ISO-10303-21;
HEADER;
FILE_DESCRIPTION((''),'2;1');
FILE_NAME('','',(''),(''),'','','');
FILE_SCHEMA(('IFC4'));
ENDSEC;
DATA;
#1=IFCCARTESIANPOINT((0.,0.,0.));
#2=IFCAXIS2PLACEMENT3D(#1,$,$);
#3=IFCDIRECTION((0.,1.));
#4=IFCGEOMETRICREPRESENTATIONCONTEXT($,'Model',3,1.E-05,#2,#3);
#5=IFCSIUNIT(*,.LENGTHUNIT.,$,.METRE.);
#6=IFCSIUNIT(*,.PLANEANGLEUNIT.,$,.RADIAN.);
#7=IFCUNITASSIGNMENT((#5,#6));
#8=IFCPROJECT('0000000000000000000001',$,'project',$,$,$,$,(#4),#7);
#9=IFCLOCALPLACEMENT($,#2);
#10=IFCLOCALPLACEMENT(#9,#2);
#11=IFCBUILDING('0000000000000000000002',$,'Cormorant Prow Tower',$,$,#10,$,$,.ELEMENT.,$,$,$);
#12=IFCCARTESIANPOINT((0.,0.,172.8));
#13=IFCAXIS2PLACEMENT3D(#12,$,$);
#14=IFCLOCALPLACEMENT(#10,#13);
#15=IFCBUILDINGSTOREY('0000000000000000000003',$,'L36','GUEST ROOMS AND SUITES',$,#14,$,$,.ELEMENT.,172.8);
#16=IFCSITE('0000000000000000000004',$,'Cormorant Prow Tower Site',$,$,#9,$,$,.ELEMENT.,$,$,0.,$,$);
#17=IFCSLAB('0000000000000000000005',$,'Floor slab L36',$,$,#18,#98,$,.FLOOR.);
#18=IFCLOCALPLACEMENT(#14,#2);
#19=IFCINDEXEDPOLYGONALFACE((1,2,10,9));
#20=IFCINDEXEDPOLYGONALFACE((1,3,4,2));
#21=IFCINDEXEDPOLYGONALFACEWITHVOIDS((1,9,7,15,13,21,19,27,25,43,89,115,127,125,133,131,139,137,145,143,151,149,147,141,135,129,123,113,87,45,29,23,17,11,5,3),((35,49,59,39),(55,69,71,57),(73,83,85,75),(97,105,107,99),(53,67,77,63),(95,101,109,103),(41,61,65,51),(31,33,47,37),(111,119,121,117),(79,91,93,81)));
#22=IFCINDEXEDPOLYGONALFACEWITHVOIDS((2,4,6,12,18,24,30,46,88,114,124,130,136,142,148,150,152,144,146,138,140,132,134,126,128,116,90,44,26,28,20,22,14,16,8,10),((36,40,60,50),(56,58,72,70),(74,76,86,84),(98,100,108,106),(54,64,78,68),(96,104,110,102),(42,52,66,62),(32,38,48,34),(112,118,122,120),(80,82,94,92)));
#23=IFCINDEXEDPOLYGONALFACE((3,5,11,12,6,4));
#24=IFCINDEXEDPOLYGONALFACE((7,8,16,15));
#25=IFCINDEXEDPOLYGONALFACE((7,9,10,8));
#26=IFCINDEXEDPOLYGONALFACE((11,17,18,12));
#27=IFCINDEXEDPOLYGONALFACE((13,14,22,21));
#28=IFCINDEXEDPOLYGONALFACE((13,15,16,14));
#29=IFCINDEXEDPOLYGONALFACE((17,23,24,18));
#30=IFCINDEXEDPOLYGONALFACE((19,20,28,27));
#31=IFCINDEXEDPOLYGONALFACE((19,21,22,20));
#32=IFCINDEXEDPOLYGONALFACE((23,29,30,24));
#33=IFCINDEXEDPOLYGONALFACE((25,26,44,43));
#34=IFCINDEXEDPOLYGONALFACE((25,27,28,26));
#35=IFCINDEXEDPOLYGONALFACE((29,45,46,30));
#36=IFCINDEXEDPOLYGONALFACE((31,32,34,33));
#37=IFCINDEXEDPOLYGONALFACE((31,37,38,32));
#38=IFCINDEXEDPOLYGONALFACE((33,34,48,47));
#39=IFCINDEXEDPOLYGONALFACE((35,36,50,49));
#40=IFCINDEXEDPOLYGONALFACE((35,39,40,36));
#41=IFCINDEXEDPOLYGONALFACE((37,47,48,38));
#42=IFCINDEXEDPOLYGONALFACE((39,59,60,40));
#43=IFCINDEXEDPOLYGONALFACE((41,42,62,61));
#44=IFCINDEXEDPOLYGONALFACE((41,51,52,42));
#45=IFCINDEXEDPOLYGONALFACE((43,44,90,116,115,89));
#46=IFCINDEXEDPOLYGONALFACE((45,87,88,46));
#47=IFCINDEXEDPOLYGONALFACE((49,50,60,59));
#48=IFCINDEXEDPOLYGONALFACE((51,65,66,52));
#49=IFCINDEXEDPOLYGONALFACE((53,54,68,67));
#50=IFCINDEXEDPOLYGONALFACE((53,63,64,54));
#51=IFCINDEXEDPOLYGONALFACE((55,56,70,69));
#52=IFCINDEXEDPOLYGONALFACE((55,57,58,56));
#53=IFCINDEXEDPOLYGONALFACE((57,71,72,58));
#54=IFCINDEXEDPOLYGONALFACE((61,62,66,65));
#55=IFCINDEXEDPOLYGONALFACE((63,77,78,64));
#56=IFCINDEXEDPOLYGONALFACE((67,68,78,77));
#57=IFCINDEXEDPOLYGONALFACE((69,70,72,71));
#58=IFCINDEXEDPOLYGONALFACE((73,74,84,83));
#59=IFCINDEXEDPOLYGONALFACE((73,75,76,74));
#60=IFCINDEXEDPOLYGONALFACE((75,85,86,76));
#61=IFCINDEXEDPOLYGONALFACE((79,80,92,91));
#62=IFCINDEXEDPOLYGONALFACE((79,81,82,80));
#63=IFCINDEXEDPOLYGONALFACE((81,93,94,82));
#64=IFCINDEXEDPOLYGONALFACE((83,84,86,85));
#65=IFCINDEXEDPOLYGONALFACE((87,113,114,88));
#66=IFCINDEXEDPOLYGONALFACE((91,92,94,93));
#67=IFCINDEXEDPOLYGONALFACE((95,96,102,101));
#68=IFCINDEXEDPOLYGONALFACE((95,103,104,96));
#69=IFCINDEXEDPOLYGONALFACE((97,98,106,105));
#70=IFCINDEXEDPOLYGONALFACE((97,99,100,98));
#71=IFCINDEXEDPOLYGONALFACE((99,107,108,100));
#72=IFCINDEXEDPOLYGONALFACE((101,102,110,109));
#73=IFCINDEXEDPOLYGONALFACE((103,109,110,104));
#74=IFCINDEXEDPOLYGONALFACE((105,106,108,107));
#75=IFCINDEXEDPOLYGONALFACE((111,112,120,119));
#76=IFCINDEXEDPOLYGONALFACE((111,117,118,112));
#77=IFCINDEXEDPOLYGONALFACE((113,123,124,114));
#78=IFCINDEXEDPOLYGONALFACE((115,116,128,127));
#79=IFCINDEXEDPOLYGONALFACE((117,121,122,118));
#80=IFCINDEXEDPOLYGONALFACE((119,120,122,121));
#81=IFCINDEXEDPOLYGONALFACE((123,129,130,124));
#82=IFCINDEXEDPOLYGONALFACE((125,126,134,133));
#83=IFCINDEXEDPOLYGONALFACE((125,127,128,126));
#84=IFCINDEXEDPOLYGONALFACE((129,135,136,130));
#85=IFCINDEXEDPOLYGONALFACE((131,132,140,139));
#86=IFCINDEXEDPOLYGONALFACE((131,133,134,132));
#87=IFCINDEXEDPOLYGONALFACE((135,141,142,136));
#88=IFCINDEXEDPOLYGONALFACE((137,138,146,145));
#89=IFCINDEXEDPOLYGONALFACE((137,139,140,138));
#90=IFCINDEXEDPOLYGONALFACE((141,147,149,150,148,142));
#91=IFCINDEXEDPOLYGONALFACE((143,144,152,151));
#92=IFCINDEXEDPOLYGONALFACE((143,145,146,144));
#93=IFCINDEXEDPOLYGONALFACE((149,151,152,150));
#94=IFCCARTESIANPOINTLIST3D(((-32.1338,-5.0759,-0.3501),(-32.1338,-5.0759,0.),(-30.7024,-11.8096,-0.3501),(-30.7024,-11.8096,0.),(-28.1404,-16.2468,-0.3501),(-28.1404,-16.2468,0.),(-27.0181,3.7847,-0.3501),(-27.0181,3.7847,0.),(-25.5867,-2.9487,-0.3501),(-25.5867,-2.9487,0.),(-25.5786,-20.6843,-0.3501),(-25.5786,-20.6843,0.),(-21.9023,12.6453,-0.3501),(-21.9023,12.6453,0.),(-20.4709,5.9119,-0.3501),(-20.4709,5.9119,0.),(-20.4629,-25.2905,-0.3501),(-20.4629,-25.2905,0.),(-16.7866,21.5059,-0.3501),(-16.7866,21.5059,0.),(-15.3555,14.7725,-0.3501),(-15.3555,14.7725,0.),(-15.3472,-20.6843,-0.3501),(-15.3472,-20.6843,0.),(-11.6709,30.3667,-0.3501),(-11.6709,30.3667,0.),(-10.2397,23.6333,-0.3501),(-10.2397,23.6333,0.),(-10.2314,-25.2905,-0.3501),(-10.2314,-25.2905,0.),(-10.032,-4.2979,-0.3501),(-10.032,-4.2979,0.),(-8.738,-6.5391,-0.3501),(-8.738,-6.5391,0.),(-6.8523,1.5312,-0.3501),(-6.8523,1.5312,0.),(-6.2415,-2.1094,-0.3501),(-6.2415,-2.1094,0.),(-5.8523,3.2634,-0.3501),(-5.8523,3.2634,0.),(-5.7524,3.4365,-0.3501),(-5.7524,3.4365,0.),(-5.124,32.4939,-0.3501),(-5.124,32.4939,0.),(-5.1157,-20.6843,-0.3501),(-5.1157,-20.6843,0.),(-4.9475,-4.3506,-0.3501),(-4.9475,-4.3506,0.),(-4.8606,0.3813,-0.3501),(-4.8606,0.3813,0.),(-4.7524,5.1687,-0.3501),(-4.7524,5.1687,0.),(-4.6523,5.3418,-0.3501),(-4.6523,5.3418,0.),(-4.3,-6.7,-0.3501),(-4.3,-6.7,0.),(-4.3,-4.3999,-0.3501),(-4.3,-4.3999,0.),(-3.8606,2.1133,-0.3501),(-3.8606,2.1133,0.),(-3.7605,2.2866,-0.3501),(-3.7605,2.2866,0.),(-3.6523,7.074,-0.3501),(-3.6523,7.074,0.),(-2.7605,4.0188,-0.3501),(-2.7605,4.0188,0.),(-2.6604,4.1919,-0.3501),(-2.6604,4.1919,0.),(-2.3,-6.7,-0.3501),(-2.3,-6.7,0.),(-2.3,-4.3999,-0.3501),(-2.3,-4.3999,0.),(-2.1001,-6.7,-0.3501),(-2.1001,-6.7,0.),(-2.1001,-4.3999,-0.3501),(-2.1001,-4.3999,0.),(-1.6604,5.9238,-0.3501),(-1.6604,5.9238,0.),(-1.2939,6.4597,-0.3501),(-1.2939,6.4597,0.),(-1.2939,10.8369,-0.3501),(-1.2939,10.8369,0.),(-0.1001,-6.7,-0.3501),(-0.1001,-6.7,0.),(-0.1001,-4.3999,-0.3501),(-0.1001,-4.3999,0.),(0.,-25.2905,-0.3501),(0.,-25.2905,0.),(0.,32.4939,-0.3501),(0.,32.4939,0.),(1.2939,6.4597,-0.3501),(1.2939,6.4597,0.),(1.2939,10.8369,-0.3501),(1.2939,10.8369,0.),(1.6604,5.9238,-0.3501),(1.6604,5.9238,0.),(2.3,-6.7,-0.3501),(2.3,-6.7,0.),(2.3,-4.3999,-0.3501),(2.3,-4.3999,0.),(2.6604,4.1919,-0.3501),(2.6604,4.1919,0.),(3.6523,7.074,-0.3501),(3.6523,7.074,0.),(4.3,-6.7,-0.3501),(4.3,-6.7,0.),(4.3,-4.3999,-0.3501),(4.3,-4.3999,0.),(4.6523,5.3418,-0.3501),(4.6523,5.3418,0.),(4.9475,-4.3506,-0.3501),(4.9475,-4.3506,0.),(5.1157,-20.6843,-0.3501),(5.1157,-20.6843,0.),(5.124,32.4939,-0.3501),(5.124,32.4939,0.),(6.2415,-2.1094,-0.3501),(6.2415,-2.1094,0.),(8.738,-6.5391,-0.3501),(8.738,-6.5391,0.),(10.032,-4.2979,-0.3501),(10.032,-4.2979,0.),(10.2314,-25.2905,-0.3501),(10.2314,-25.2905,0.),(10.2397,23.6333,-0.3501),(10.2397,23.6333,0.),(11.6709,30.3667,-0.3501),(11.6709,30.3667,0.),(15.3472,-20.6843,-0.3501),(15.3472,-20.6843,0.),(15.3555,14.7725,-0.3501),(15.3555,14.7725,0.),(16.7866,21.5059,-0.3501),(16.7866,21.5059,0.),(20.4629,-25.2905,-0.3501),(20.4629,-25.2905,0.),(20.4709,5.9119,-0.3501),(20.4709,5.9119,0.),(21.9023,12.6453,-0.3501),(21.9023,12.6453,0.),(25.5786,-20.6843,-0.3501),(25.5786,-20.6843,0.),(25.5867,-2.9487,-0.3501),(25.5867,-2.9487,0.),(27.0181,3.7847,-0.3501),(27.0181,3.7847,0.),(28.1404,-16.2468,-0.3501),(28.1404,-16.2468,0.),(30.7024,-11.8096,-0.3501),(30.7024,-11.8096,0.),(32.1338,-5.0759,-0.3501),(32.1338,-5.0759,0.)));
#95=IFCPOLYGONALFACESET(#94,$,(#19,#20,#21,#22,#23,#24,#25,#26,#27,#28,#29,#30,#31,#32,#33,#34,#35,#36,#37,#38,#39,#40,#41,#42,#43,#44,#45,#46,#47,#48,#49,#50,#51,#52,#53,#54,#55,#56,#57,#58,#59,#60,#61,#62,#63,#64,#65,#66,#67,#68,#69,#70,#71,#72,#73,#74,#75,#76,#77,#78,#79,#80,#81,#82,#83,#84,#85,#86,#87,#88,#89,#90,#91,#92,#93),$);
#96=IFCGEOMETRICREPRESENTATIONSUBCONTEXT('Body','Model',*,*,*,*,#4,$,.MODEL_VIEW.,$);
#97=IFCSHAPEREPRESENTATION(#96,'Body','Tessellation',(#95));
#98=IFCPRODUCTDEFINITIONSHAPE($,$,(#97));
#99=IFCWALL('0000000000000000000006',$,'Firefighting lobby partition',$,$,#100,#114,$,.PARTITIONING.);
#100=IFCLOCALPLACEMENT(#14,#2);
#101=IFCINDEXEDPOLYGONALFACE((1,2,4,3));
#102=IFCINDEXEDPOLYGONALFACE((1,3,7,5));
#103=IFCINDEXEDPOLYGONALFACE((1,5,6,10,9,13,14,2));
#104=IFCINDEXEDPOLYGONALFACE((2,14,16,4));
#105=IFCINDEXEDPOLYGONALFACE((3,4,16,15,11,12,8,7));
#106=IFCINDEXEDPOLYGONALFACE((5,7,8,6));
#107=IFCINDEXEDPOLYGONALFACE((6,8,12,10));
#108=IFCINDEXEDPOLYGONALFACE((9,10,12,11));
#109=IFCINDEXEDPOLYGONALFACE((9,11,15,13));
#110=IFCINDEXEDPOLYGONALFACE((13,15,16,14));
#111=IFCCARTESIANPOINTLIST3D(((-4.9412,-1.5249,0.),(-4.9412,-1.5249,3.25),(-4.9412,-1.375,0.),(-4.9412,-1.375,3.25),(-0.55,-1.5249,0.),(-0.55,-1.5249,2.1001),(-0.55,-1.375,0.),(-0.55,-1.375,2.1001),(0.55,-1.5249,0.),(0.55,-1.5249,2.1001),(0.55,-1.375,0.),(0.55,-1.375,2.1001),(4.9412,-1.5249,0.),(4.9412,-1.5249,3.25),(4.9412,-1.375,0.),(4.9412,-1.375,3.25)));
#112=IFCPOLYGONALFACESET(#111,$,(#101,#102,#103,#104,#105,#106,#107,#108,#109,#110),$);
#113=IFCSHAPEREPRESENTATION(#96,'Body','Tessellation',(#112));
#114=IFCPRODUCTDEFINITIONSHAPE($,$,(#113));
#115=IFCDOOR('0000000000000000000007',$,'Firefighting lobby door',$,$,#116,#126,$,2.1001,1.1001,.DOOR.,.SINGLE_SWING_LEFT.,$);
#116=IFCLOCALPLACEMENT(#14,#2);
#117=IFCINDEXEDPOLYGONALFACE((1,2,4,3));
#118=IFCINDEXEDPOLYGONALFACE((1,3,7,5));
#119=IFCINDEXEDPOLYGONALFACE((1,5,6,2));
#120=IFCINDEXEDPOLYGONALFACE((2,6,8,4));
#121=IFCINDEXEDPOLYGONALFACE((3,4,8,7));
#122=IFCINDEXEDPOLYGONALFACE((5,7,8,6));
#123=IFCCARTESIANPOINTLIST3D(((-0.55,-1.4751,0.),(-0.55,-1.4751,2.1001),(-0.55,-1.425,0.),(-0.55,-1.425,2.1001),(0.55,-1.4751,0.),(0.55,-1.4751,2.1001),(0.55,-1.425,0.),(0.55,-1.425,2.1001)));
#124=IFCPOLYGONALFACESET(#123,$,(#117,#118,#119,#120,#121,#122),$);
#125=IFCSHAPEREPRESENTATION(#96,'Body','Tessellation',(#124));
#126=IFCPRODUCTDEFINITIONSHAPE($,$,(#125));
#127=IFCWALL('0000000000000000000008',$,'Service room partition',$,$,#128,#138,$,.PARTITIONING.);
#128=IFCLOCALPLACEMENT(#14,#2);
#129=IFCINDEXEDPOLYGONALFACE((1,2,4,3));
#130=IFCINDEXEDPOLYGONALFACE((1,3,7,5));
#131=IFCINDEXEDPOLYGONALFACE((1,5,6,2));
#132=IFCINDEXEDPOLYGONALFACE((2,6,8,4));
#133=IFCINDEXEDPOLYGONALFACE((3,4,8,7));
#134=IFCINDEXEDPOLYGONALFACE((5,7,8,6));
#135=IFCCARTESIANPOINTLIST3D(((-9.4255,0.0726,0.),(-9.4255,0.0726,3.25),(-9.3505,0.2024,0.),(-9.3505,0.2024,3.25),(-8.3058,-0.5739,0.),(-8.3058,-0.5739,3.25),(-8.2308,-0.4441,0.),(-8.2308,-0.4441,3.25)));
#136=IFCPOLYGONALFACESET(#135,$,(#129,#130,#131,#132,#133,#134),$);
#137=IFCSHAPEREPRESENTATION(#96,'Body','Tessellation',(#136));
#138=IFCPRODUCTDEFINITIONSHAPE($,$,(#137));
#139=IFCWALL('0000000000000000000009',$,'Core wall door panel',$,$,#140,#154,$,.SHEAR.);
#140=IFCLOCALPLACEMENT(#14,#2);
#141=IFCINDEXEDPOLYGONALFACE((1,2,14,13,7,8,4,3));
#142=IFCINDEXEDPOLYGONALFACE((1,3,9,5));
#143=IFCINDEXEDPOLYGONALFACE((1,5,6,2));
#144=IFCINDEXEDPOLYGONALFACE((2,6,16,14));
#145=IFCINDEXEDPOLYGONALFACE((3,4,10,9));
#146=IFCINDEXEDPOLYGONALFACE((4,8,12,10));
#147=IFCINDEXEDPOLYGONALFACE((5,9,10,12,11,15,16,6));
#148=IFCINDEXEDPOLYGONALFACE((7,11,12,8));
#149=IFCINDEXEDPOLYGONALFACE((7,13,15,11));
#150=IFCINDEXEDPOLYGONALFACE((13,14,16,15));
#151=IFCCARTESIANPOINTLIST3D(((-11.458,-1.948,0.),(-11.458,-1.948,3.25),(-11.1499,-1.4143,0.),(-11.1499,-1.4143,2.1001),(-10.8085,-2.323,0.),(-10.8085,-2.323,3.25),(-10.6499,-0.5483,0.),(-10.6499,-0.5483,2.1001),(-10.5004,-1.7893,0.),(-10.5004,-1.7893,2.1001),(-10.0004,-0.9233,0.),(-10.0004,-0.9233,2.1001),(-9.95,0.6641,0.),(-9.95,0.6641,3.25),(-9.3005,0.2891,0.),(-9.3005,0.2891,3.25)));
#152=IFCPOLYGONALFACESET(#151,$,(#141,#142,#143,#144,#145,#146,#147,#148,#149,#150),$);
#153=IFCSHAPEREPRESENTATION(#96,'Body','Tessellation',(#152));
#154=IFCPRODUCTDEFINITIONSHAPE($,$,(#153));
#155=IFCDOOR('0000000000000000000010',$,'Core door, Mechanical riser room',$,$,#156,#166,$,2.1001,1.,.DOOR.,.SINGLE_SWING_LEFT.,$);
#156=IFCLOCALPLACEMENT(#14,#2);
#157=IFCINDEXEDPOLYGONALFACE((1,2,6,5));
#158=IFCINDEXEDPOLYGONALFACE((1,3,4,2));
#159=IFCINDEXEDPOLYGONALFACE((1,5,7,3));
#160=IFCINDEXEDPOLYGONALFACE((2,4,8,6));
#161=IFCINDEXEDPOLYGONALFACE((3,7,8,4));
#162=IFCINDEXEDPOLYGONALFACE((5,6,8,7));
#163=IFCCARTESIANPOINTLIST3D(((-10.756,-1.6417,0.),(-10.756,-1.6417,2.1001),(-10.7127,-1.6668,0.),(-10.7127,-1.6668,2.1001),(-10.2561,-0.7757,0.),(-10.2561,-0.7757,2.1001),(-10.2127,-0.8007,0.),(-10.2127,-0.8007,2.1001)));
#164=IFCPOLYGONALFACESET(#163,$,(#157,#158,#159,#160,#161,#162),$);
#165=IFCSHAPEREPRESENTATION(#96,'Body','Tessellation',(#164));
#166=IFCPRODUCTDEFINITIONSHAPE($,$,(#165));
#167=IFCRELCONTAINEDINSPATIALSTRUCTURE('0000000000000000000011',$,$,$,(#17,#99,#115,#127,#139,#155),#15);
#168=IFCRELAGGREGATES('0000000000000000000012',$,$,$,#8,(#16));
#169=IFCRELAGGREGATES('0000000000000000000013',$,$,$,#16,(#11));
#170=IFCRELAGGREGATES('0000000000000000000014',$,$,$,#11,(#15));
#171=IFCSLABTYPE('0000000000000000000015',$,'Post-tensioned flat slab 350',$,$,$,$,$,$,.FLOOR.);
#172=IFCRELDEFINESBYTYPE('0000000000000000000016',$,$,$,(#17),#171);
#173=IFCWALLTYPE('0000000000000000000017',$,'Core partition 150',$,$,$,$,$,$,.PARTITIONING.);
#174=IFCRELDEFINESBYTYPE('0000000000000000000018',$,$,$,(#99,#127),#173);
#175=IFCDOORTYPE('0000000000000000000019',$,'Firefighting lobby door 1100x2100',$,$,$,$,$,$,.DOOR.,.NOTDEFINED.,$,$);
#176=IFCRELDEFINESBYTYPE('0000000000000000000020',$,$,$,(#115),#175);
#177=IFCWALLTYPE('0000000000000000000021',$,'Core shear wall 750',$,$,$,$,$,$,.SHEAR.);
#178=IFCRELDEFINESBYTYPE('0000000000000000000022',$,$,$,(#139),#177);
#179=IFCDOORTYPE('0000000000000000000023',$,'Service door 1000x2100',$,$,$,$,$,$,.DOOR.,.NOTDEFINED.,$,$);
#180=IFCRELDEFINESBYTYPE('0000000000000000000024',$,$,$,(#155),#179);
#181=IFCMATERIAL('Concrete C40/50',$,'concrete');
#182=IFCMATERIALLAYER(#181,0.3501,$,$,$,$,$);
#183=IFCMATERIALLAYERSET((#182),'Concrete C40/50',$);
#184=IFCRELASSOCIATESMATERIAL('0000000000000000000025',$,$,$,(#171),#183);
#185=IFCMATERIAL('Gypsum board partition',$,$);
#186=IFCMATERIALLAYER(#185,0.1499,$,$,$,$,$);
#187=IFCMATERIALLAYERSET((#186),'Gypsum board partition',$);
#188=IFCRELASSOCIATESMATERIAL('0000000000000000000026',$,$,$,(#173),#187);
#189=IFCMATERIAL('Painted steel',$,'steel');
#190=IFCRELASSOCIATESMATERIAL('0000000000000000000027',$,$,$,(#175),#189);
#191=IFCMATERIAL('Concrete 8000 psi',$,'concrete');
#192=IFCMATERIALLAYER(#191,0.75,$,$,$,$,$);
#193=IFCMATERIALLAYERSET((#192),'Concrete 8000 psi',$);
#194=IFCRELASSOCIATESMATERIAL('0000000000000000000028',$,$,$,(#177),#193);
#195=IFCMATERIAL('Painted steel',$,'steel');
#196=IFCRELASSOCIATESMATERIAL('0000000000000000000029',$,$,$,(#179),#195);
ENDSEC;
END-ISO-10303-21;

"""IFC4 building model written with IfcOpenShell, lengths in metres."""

from ifc_helpers import new_model, si_unit, direction, frame, frame_2d, origin, place, context, subcontext, project, spatial, polyline, rectangle, outline, extrude, material, layer, layer_set, type_object, element, fill, save


model = new_model("IFC4")

# Units and contexts
model_context = context("Model", 3, precision=1e-05, world=origin(), true_north=direction((0.0, 1.0)))
body_context = subcontext(model_context, "Body", "Model", "MODEL_VIEW")
ifc_project = project(units=[si_unit("LENGTHUNIT", "METRE"), si_unit("PLANEANGLEUNIT", "RADIAN")], contexts=[model_context])

# Site, building, storey
site_placement = place(None, origin())
site = spatial("IfcSite", under=ifc_project, at=site_placement, Name="Cormorant Prow Tower Site", CompositionType="ELEMENT", RefElevation=0.0)
building_placement = place(site_placement, origin())
building = spatial("IfcBuilding", under=site, at=building_placement, Name="Cormorant Prow Tower", CompositionType="ELEMENT")
storey_placement = place(building_placement, frame((0.0, 0.0, 172.8)))
storey = spatial("IfcBuildingStorey", under=building, at=storey_placement, Name="L36", Description="GUEST ROOMS AND SUITES", CompositionType="ELEMENT", Elevation=172.8)

# Slab
ifc_material_1 = material(Name="Concrete C40/50", Category="concrete")
ifc_layer_1 = layer(ifc_material_1, 0.3501)
ifc_layer_set_1 = layer_set([ifc_layer_1], Name="Concrete C40/50")
slab_type_1 = type_object("IfcSlabType", Name="Post-tensioned flat slab 350", PredefinedType="FLOOR", material=ifc_layer_set_1)
slab_1_placement = place(storey_placement, frame((0.0, 0.0, -0.3501)))
element("IfcSlab", 1, at=slab_1_placement, inside=storey, type_object=slab_type_1, Name="Floor slab L36", PredefinedType="FLOOR", context=body_context, shape_type="SweptSolid", body=[
    extrude(outline(polyline([(-10.2397, 23.6333), (-16.7866, 21.5059), (-15.3555, 14.7725), (-21.9023, 12.6453), (-20.4709, 5.9119), (-27.0181, 3.7847), (-25.5867, -2.9487), (-32.1338, -5.0759), (-30.7024, -11.8096), (-28.1404, -16.2468), (-25.5786, -20.6843), (-20.4629, -25.2905), (-15.3472, -20.6843), (-10.2314, -25.2905), (-5.1157, -20.6843), (0.0, -25.2905), (5.1157, -20.6843), (10.2314, -25.2905), (15.3472, -20.6843), (20.4629, -25.2905), (25.5786, -20.6843), (28.1404, -16.2468), (30.7024, -11.8096), (32.1338, -5.0759), (25.5867, -2.9487), (27.0181, 3.7847), (20.4709, 5.9119), (21.9023, 12.6453), (15.3555, 14.7725), (16.7866, 21.5059), (10.2397, 23.6333), (11.6709, 30.3667), (5.124, 32.4939), (0.0, 32.4939), (-5.124, 32.4939), (-11.6709, 30.3667), (-10.2397, 23.6333)]), holes=[polyline([(-4.3, -4.3999), (-2.3, -4.3999), (-2.3, -6.7), (-4.3, -6.7), (-4.3, -4.3999)]), polyline([(-0.1001, -4.3999), (-0.1001, -6.7), (-2.1001, -6.7), (-2.1001, -4.3999), (-0.1001, -4.3999)]), polyline([(4.3, -6.7), (2.3, -6.7), (2.3, -4.3999), (4.3, -4.3999), (4.3, -6.7)]), polyline([(4.6523, 5.3418), (2.6604, 4.1919), (1.6604, 5.9238), (3.6523, 7.074), (4.6523, 5.3418)]), polyline([(-1.6604, 5.9238), (-2.6604, 4.1919), (-4.6523, 5.3418), (-3.6523, 7.074), (-1.6604, 5.9238)]), polyline([(-3.7605, 2.2866), (-5.7524, 3.4365), (-4.7524, 5.1687), (-2.7605, 4.0188), (-3.7605, 2.2866)]), polyline([(-6.8523, 1.5312), (-5.8523, 3.2634), (-3.8606, 2.1133), (-4.8606, 0.3813), (-6.8523, 1.5312)]), polyline([(-4.9475, -4.3506), (-8.738, -6.5391), (-10.032, -4.2979), (-6.2415, -2.1094), (-4.9475, -4.3506)]), polyline([(10.032, -4.2979), (8.738, -6.5391), (4.9475, -4.3506), (6.2415, -2.1094), (10.032, -4.2979)]), polyline([(1.2939, 10.8369), (1.2939, 6.4597), (-1.2939, 6.4597), (-1.2939, 10.8369), (1.2939, 10.8369)])]), origin(), (0.0, 0.0, 1.0), 0.3501),
])

# Wall, opening, door
ifc_material_2 = material(Name="Gypsum board partition")
ifc_layer_2 = layer(ifc_material_2, 0.1499)
ifc_layer_set_2 = layer_set([ifc_layer_2], Name="Gypsum board partition")
wall_type_1 = type_object("IfcWallType", Name="Core partition 150", PredefinedType="PARTITIONING", material=ifc_layer_set_2)
wall_1_placement = place(storey_placement, frame((-4.9412, -1.45, 0.0), z_axis=(0.0, 0.0, 1.0), x_axis=(1.0, 0.0, 0.0)))
wall_1 = element("IfcWall", 2, at=wall_1_placement, inside=storey, type_object=wall_type_1, Name="Firefighting lobby partition", PredefinedType="PARTITIONING", context=body_context, shape_type="SweptSolid", body=[
    extrude(rectangle(XDim=9.8823, YDim=0.1499, at=frame_2d((4.9412, 0.0))), origin(), (0.0, 0.0, 1.0), 3.25),
])
opening_1_placement = place(wall_1_placement, frame((4.3911, 0.0, 0.0)))
opening_1 = element("IfcOpeningElement", 3, at=opening_1_placement, cuts=wall_1, PredefinedType="OPENING", context=body_context, shape_type="SweptSolid", body=[
    extrude(rectangle(XDim=1.1001, YDim=2.1001, at=frame_2d((0.55, 1.05))), frame((0.0, 0.085, 0.0), z_axis=(0.0, -1.0, 0.0), x_axis=(1.0, 0.0, 0.0)), (0.0, 0.0, 1.0), 0.1699),
])
ifc_material_3 = material(Name="Painted steel", Category="steel")
door_type_1 = type_object("IfcDoorType", Name="Firefighting lobby door 1100x2100", OperationType="NOTDEFINED", PredefinedType="DOOR", material=ifc_material_3)
door_1_placement = place(opening_1_placement, origin())
door_1 = element("IfcDoor", 4, at=door_1_placement, inside=storey, type_object=door_type_1, Name="Firefighting lobby door", OperationType="SINGLE_SWING_LEFT", OverallHeight=2.1001, OverallWidth=1.1001, PredefinedType="DOOR", context=body_context, shape_type="SweptSolid", body=[
    extrude(rectangle(XDim=1.1001, YDim=2.1001, at=frame_2d((0.55, 1.05))), frame((0.0, 0.0249, 0.0), z_axis=(0.0, -1.0, 0.0), x_axis=(1.0, 0.0, 0.0)), (0.0, 0.0, 1.0), 0.05),
])
fill(opening_1, door_1)

# Wall
wall_2_placement = place(storey_placement, frame((-8.2683, -0.509, 0.0), z_axis=(0.0, 0.0, 1.0), x_axis=(-0.866003, 0.500038, 0.0)))
element("IfcWall", 5, at=wall_2_placement, inside=storey, type_object=wall_type_1, Name="Service room partition", PredefinedType="PARTITIONING", context=body_context, shape_type="SweptSolid", body=[
    extrude(rectangle(XDim=1.293, YDim=0.1499, at=frame_2d((0.6465, 0.0))), origin(), (0.0, 0.0, 1.0), 3.25),
])

# Wall, opening, door
ifc_material_4 = material(Name="Concrete 8000 psi", Category="concrete")
ifc_layer_3 = layer(ifc_material_4, 0.75)
ifc_layer_set_3 = layer_set([ifc_layer_3], Name="Concrete 8000 psi")
wall_type_2 = type_object("IfcWallType", Name="Core shear wall 750", PredefinedType="SHEAR", material=ifc_layer_set_3)
wall_3_placement = place(storey_placement, frame((-9.6252, 0.4766, 0.0), z_axis=(0.0, 0.0, 1.0), x_axis=(-0.499996, -0.866028, 0.0)))
wall_3 = element("IfcWall", 6, at=wall_3_placement, inside=storey, type_object=wall_type_2, Name="Core wall door panel", PredefinedType="SHEAR", context=body_context, shape_type="SweptSolid", body=[
    extrude(rectangle(XDim=3.0161, YDim=0.75, at=frame_2d((1.5081, 0.0))), origin(), (0.0, 0.0, 1.0), 3.25),
])
opening_2_placement = place(wall_3_placement, frame((1.3999, 0.0, 0.0)))
opening_2 = element("IfcOpeningElement", 7, at=opening_2_placement, cuts=wall_3, PredefinedType="OPENING", context=body_context, shape_type="SweptSolid", body=[
    extrude(rectangle(XDim=1.0, YDim=2.1001, at=frame_2d((0.5, 1.05))), frame((0.0, 0.385, 0.0), z_axis=(0.0, -1.0, 0.0), x_axis=(1.0, 0.0, 0.0)), (0.0, 0.0, 1.0), 0.77),
])
ifc_material_5 = material(Name="Painted steel", Category="steel")
door_type_2 = type_object("IfcDoorType", Name="Service door 1000x2100", OperationType="NOTDEFINED", PredefinedType="DOOR", material=ifc_material_5)
door_2_placement = place(opening_2_placement, origin())
door_2 = element("IfcDoor", 8, at=door_2_placement, inside=storey, type_object=door_type_2, Name="Core door, Mechanical riser room", OperationType="SINGLE_SWING_LEFT", OverallHeight=2.1001, OverallWidth=1.0, PredefinedType="DOOR", context=body_context, shape_type="SweptSolid", body=[
    extrude(rectangle(XDim=1.0, YDim=2.1001, at=frame_2d((0.5, 1.05))), frame((0.0, 0.1299, 0.0), z_axis=(0.0, -1.0, 0.0), x_axis=(1.0, 0.0, 0.0)), (0.0, 0.0, 1.0), 0.05),
])
fill(opening_2, door_2)

save(model, "model.ifc")
